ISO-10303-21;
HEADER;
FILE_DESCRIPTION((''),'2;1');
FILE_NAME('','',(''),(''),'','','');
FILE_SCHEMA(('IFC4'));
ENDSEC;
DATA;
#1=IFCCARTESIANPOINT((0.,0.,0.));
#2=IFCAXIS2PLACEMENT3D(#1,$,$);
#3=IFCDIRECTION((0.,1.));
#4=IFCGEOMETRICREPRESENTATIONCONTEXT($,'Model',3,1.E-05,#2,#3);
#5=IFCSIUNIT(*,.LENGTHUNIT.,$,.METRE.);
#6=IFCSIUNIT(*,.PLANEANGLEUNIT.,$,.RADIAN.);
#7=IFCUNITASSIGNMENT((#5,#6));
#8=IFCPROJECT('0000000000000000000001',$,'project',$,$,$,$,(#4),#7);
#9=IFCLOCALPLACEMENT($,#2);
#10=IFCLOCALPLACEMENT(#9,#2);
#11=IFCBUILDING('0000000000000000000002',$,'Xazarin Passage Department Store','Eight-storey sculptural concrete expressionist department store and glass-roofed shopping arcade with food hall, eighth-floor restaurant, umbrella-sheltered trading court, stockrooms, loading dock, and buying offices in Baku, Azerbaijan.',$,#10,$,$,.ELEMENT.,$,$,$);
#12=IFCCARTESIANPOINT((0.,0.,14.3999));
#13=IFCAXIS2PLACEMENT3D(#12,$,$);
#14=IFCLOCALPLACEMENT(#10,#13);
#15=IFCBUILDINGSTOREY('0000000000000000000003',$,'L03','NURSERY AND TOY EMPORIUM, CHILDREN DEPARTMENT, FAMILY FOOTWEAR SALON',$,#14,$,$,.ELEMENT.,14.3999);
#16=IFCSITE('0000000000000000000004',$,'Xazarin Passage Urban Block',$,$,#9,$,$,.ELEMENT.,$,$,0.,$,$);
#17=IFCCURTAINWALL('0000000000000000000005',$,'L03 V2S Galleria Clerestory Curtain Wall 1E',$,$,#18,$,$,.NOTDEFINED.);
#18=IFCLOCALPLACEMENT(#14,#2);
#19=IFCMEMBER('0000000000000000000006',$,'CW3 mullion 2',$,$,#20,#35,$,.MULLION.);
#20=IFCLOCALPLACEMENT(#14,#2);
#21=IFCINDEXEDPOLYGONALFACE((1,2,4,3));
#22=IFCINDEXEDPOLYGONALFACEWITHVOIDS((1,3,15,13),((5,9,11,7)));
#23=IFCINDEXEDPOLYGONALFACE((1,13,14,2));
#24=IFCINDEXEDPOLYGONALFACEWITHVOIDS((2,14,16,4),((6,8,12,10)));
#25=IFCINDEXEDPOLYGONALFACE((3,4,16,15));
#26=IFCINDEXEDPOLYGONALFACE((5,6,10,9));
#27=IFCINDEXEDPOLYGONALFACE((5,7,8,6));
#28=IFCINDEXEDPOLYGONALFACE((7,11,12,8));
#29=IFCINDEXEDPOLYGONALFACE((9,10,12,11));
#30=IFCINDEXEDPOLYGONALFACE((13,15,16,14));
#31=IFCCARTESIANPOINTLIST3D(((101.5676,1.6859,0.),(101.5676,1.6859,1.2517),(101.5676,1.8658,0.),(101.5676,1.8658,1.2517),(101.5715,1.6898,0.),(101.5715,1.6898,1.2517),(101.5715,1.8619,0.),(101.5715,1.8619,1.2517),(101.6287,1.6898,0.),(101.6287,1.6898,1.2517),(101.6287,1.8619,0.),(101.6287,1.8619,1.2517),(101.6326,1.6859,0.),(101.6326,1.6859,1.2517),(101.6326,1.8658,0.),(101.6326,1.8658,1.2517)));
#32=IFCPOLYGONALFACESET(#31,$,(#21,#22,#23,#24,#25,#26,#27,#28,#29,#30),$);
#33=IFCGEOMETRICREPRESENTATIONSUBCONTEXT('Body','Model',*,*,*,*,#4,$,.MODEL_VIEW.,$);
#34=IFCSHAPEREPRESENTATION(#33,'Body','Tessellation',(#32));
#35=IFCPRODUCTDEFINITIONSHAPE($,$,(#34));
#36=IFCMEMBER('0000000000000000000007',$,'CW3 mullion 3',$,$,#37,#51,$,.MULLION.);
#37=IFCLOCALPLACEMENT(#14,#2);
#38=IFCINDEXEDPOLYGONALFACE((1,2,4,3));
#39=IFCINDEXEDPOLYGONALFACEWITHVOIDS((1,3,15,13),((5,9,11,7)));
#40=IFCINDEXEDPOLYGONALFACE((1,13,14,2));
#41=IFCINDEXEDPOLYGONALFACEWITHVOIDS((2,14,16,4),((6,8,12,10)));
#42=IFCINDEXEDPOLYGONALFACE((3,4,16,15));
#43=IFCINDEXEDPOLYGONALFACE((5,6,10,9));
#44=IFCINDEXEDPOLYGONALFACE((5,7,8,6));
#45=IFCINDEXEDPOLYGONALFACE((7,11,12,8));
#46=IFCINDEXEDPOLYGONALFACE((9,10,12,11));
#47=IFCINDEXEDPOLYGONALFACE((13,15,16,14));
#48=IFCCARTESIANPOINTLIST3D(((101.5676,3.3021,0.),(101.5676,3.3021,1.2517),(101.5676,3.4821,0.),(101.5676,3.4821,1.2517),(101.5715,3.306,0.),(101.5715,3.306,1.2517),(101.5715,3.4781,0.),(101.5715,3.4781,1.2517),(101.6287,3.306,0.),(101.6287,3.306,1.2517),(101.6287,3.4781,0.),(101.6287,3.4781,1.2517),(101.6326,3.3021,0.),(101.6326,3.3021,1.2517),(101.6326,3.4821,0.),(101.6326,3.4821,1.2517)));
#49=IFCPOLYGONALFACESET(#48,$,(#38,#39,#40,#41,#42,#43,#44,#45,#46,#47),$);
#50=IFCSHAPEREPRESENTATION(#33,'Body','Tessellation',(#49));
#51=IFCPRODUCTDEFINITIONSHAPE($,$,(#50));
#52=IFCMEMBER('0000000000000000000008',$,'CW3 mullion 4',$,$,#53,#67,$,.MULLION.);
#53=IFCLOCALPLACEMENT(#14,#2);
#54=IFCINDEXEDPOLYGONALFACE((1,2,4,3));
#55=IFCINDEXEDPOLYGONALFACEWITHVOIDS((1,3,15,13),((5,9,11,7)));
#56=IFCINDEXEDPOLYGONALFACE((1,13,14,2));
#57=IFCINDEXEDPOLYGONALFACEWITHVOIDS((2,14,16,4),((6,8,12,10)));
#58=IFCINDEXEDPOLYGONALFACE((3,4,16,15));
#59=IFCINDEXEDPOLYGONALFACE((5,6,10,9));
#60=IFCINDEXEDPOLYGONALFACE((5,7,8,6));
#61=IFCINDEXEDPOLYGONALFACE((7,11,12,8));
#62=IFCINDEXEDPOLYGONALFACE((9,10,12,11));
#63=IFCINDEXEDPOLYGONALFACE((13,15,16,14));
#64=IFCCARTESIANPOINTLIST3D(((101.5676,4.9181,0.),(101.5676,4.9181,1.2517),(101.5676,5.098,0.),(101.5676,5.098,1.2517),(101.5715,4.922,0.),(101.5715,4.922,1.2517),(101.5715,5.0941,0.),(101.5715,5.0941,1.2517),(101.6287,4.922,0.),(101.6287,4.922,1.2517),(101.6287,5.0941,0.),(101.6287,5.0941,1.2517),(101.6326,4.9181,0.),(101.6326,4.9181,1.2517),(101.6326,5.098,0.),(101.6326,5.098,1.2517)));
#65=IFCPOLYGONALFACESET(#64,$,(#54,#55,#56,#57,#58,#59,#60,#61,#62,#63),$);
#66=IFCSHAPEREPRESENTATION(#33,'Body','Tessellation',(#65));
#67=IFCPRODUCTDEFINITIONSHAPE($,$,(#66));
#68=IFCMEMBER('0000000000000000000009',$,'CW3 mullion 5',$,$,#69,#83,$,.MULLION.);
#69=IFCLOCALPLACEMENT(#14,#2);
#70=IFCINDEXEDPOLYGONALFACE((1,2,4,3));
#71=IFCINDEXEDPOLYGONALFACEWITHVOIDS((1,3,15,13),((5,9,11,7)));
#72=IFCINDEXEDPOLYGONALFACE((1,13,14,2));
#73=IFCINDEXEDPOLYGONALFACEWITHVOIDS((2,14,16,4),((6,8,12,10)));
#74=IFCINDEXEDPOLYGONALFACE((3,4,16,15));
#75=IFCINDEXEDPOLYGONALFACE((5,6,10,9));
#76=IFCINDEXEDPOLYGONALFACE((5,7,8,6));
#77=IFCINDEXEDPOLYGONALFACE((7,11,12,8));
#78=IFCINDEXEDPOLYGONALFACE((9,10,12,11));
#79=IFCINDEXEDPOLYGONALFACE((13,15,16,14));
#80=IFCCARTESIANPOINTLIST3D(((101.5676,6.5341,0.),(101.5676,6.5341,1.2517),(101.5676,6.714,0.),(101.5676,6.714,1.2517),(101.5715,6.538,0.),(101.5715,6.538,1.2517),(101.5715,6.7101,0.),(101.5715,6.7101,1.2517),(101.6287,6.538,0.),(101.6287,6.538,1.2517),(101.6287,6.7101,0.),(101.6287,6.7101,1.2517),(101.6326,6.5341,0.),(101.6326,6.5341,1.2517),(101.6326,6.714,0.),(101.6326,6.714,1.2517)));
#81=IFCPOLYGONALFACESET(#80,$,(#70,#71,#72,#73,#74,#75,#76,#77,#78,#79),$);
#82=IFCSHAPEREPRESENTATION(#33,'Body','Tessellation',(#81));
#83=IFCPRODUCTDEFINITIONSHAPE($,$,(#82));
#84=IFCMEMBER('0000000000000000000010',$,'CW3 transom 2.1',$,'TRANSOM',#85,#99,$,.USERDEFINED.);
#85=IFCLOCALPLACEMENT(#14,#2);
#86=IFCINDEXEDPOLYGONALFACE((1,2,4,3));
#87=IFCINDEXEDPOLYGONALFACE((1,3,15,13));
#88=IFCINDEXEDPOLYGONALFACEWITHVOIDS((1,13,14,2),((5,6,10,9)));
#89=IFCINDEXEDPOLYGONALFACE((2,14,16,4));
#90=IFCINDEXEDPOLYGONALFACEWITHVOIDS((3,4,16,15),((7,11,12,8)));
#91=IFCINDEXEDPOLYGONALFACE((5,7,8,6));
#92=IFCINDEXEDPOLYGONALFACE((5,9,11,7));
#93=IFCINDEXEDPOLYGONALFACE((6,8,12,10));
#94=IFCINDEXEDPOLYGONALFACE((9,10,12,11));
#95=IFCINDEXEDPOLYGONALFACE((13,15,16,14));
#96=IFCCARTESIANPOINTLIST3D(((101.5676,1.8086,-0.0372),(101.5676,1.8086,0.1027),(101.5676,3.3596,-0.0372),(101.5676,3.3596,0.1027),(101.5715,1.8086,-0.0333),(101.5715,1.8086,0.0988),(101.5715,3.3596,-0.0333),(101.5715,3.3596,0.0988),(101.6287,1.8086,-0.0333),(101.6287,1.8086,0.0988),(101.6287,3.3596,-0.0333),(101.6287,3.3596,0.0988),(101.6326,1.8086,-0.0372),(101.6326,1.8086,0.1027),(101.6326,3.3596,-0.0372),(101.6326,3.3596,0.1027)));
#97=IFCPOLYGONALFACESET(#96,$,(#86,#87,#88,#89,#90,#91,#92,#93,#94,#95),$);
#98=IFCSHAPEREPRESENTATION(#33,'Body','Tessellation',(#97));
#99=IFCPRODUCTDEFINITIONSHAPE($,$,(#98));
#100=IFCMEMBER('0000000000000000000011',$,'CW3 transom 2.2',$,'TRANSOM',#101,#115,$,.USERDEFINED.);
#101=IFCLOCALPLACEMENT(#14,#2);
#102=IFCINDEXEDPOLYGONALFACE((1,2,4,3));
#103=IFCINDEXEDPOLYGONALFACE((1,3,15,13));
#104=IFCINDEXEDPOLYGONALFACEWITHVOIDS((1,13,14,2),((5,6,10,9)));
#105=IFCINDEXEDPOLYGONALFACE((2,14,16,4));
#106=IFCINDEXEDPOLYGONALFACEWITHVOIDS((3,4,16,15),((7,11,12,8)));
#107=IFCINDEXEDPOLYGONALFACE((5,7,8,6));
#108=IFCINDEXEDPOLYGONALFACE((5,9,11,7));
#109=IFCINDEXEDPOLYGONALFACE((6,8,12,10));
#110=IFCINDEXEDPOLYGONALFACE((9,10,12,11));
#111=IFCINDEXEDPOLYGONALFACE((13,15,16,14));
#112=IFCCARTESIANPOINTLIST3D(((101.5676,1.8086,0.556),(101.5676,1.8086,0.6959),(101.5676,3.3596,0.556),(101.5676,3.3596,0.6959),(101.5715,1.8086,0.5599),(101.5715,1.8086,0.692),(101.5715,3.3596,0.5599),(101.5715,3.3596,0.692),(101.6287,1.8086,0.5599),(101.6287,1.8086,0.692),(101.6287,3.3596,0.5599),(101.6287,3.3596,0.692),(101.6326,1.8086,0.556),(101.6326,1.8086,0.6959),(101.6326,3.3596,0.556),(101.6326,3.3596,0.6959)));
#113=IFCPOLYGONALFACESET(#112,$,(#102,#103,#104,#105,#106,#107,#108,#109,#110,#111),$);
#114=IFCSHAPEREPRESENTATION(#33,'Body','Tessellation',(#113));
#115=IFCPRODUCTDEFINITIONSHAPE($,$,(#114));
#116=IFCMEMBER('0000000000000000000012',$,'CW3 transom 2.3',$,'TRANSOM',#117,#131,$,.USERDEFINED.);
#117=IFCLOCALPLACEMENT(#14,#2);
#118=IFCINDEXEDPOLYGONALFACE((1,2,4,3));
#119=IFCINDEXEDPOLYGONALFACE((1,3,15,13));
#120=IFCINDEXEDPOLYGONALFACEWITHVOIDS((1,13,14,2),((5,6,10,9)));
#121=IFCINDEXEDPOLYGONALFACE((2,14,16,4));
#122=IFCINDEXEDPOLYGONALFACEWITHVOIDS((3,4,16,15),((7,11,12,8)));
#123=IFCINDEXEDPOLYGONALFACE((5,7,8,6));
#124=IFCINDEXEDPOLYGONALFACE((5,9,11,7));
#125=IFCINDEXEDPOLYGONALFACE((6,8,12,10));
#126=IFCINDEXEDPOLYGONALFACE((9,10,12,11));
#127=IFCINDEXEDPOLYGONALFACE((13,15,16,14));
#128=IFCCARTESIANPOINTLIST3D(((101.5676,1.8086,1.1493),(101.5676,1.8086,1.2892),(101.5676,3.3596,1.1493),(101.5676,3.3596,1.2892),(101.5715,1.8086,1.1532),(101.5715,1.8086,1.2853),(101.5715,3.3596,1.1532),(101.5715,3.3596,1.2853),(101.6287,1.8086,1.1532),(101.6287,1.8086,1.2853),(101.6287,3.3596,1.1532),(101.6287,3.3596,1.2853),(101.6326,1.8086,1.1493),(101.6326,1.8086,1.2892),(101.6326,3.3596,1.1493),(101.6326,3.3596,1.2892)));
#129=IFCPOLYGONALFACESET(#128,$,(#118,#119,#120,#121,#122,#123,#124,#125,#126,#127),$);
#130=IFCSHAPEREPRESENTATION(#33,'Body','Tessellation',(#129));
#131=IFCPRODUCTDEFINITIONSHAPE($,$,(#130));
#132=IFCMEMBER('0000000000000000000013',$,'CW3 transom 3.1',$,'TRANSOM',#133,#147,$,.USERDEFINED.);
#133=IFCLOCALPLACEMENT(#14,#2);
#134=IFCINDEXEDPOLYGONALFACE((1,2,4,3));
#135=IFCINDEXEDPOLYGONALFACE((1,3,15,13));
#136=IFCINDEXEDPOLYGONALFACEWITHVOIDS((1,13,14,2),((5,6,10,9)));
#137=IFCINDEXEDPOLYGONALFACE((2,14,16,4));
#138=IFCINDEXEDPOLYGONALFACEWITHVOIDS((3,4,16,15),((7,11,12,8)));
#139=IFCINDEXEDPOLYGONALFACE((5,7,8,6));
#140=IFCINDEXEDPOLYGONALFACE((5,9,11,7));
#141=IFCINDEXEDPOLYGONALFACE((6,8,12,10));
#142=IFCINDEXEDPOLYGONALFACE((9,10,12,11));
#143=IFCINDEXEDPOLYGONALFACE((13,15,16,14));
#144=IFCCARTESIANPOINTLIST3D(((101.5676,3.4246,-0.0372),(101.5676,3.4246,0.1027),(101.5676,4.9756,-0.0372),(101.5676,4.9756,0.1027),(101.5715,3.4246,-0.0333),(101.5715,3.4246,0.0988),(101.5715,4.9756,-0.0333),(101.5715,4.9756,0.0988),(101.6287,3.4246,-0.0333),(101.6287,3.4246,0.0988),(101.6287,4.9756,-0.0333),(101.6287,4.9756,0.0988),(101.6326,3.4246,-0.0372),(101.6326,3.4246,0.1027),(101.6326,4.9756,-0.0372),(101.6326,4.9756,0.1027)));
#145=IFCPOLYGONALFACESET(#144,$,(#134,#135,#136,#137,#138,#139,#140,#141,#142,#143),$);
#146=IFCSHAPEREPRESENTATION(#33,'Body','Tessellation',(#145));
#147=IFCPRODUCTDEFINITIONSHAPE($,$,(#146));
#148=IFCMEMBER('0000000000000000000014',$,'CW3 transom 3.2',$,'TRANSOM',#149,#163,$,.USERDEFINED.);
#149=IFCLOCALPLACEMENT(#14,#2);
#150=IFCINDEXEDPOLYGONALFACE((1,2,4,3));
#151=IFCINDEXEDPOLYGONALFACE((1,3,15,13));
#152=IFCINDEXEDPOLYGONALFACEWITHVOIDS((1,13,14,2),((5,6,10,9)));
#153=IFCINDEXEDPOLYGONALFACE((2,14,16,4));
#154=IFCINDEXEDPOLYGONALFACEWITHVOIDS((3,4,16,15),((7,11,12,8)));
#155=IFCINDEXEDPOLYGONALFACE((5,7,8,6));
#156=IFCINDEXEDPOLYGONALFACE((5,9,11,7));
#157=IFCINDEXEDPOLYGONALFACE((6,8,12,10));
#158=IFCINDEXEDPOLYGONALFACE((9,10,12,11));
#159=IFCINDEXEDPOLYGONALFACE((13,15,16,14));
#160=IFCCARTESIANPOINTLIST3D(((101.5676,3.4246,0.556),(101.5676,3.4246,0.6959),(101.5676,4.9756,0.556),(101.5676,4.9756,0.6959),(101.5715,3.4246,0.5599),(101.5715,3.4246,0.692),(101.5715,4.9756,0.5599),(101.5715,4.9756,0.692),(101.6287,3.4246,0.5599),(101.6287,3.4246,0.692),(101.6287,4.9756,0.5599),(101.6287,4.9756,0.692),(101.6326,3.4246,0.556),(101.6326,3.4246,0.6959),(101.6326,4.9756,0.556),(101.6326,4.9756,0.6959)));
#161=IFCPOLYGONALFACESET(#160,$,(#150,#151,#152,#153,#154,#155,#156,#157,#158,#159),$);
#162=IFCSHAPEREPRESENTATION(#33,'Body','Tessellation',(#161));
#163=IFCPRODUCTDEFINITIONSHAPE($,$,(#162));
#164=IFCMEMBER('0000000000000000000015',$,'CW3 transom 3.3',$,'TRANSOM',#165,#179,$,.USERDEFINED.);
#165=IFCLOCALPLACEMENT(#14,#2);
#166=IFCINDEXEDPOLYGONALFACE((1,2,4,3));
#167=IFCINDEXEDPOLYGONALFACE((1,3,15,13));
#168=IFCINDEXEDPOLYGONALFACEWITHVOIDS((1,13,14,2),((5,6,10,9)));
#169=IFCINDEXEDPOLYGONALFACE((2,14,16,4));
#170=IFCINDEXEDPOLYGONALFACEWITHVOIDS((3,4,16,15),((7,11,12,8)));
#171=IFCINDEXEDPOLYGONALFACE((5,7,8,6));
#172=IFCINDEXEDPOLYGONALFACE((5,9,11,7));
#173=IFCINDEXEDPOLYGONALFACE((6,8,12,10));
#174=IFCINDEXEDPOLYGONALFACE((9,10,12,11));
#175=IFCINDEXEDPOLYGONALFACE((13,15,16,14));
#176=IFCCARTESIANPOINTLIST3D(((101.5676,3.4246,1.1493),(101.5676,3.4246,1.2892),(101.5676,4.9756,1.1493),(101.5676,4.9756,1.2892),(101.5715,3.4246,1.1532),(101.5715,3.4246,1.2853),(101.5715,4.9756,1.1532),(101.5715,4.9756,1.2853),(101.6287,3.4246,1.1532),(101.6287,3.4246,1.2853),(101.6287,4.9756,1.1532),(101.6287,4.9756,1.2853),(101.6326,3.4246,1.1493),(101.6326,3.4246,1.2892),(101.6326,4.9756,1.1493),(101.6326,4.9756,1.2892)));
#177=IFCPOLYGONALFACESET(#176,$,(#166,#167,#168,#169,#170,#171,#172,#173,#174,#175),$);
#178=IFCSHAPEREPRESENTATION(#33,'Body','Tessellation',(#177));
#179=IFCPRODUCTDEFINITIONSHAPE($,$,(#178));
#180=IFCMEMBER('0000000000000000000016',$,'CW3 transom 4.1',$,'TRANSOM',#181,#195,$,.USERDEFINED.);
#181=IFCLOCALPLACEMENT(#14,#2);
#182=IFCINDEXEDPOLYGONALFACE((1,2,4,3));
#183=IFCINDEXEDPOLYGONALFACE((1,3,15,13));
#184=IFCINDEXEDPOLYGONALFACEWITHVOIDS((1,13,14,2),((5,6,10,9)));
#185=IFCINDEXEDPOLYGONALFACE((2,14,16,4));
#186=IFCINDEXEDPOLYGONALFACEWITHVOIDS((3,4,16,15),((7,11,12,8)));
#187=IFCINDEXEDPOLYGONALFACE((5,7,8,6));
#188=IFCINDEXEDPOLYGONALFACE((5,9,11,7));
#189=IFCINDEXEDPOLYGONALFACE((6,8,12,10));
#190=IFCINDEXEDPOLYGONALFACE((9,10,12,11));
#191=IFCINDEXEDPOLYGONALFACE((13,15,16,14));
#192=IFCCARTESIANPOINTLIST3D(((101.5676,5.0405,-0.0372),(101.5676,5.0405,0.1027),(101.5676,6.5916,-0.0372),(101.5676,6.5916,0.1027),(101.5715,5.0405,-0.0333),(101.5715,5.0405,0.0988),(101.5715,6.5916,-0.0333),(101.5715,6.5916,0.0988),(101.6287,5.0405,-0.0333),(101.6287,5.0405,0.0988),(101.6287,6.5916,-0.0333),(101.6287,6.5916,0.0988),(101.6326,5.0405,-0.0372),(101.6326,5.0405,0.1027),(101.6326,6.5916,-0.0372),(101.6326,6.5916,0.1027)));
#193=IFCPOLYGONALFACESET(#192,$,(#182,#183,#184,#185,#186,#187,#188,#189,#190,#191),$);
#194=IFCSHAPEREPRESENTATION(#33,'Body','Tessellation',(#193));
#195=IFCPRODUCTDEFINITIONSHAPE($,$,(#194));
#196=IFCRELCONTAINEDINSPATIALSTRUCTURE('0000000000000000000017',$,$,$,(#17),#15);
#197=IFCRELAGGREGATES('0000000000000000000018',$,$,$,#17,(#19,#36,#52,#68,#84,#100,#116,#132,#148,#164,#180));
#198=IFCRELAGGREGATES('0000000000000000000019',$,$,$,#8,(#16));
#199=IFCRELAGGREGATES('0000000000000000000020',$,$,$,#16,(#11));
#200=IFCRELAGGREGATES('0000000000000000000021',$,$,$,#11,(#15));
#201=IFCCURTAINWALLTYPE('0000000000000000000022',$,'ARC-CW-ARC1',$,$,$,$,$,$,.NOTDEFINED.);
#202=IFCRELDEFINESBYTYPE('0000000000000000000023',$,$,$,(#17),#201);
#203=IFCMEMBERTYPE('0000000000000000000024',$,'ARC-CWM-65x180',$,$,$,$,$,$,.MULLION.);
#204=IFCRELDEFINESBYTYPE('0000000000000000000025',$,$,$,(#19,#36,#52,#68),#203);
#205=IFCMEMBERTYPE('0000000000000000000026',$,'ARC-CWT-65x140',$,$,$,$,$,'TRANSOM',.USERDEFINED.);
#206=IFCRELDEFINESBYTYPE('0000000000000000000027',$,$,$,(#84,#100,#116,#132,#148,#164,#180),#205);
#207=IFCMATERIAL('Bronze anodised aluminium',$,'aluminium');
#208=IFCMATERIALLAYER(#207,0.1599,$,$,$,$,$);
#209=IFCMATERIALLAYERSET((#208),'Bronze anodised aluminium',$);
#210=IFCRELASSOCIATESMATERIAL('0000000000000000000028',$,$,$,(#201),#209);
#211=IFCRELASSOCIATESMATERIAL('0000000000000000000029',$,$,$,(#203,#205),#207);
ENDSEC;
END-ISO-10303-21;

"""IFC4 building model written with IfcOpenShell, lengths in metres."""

from ifc_helpers import new_model, si_unit, direction, frame, origin, origin_2d, place, context, subcontext, project, spatial, hollow_rectangle, extrude, material, layer, layer_set, material_profile, profile_set, type_object, element, aggregate, save


model = new_model("IFC4")

# Units and contexts
model_context = context("Model", 3, precision=1e-05, world=origin(), true_north=direction((0.0, 1.0)))
body_context = subcontext(model_context, "Body", "Model", "MODEL_VIEW")
ifc_project = project(units=[si_unit("LENGTHUNIT", "METRE"), si_unit("PLANEANGLEUNIT", "RADIAN")], contexts=[model_context])

# Site, building, storey
site_placement = place(None, origin())
site = spatial("IfcSite", under=ifc_project, at=site_placement, Name="Xazarin Passage Urban Block", CompositionType="ELEMENT", RefElevation=0.0)
building_placement = place(site_placement, origin())
building = spatial("IfcBuilding", under=site, at=building_placement, Name="Xazarin Passage Department Store", Description="Eight-storey sculptural concrete expressionist department store and glass-roofed shopping arcade with food hall, eighth-floor restaurant, umbrella-sheltered trading court, stockrooms, loading dock, and buying offices in Baku, Azerbaijan.", CompositionType="ELEMENT")
storey_placement = place(building_placement, frame((0.0, 0.0, 14.3999)))
storey = spatial("IfcBuildingStorey", under=building, at=storey_placement, Name="L03", Description="NURSERY AND TOY EMPORIUM, CHILDREN DEPARTMENT, FAMILY FOOTWEAR SALON", CompositionType="ELEMENT", Elevation=14.3999)

# Curtain wall, members
ifc_material_1 = material(Name="Bronze anodised aluminium", Category="aluminium")
ifc_layer_1 = layer(ifc_material_1, 0.1599)
ifc_layer_set_1 = layer_set([ifc_layer_1], Name="Bronze anodised aluminium")
curtain_wall_type = type_object("IfcCurtainWallType", Name="ARC-CW-ARC1", PredefinedType="NOTDEFINED", material=ifc_layer_set_1)
curtain_wall_placement = place(storey_placement, origin())
curtain_wall = element("IfcCurtainWall", 1, at=curtain_wall_placement, inside=storey, type_object=curtain_wall_type, Name="L03 V2S Galleria Clerestory Curtain Wall 1E", PredefinedType="NOTDEFINED")
ifc_material_profile_1 = material_profile(ifc_material_1, hollow_rectangle(XDim=0.0649, YDim=0.1799, WallThickness=0.0039, at=origin_2d()), Name="ALU 65x180")
ifc_profile_set_1 = profile_set([ifc_material_profile_1], Name="Bronze anodised aluminium")
member_type_1 = type_object("IfcMemberType", Name="ARC-CWM-65x180", PredefinedType="MULLION", material=ifc_profile_set_1)
member_1_placement = place(storey_placement, frame((101.6001, 1.7759, 0.0), z_axis=(0.0, 0.0, 1.0), x_axis=(-1.0, 0.0, 0.0)))
member_1 = element("IfcMember", 2, at=member_1_placement, type_object=member_type_1, Name="CW3 mullion 2", PredefinedType="MULLION", context=body_context, shape_type="SweptSolid", body=[
    extrude(hollow_rectangle(XDim=0.0649, YDim=0.1799, WallThickness=0.0039, at=origin_2d()), origin(), (0.0, 0.0, 1.0), 1.2517),
])
member_2_placement = place(storey_placement, frame((101.6001, 3.3921, 0.0), z_axis=(0.0, 0.0, 1.0), x_axis=(-1.0, 0.0, 0.0)))
member_2 = element("IfcMember", 3, at=member_2_placement, type_object=member_type_1, Name="CW3 mullion 3", PredefinedType="MULLION", context=body_context, shape_type="SweptSolid", body=[
    extrude(hollow_rectangle(XDim=0.0649, YDim=0.1799, WallThickness=0.0039, at=origin_2d()), origin(), (0.0, 0.0, 1.0), 1.2517),
])
member_3_placement = place(storey_placement, frame((101.6001, 5.0081, 0.0), z_axis=(0.0, 0.0, 1.0), x_axis=(-1.0, 0.0, 0.0)))
member_3 = element("IfcMember", 4, at=member_3_placement, type_object=member_type_1, Name="CW3 mullion 4", PredefinedType="MULLION", context=body_context, shape_type="SweptSolid", body=[
    extrude(hollow_rectangle(XDim=0.0649, YDim=0.1799, WallThickness=0.0039, at=origin_2d()), origin(), (0.0, 0.0, 1.0), 1.2517),
])
member_4_placement = place(storey_placement, frame((101.6001, 6.624, 0.0), z_axis=(0.0, 0.0, 1.0), x_axis=(-1.0, 0.0, 0.0)))
member_4 = element("IfcMember", 5, at=member_4_placement, type_object=member_type_1, Name="CW3 mullion 5", PredefinedType="MULLION", context=body_context, shape_type="SweptSolid", body=[
    extrude(hollow_rectangle(XDim=0.0649, YDim=0.1799, WallThickness=0.0039, at=origin_2d()), origin(), (0.0, 0.0, 1.0), 1.2517),
])
ifc_material_profile_2 = material_profile(ifc_material_1, hollow_rectangle(XDim=0.0649, YDim=0.1399, WallThickness=0.0039, at=origin_2d()), Name="ALU 65x140")
ifc_profile_set_2 = profile_set([ifc_material_profile_2], Name="Bronze anodised aluminium")
member_type_2 = type_object("IfcMemberType", Name="ARC-CWT-65x140", ElementType="TRANSOM", PredefinedType="USERDEFINED", material=ifc_profile_set_2)
member_5_placement = place(storey_placement, frame((101.6001, 1.8086, 0.0327), z_axis=(0.0, 1.0, 0.0), x_axis=(-1.0, 0.0, 0.0)))
member_5 = element("IfcMember", 6, at=member_5_placement, type_object=member_type_2, Name="CW3 transom 2.1", ObjectType="TRANSOM", PredefinedType="USERDEFINED", context=body_context, shape_type="SweptSolid", body=[
    extrude(hollow_rectangle(XDim=0.0649, YDim=0.1399, WallThickness=0.0039, at=origin_2d()), origin(), (0.0, 0.0, 1.0), 1.551),
])
member_6_placement = place(storey_placement, frame((101.6001, 1.8086, 0.626), z_axis=(0.0, 1.0, 0.0), x_axis=(-1.0, 0.0, 0.0)))
member_6 = element("IfcMember", 7, at=member_6_placement, type_object=member_type_2, Name="CW3 transom 2.2", ObjectType="TRANSOM", PredefinedType="USERDEFINED", context=body_context, shape_type="SweptSolid", body=[
    extrude(hollow_rectangle(XDim=0.0649, YDim=0.1399, WallThickness=0.0039, at=origin_2d()), origin(), (0.0, 0.0, 1.0), 1.551),
])
member_7_placement = place(storey_placement, frame((101.6001, 1.8086, 1.2192), z_axis=(0.0, 1.0, 0.0), x_axis=(-1.0, 0.0, 0.0)))
member_7 = element("IfcMember", 8, at=member_7_placement, type_object=member_type_2, Name="CW3 transom 2.3", ObjectType="TRANSOM", PredefinedType="USERDEFINED", context=body_context, shape_type="SweptSolid", body=[
    extrude(hollow_rectangle(XDim=0.0649, YDim=0.1399, WallThickness=0.0039, at=origin_2d()), origin(), (0.0, 0.0, 1.0), 1.551),
])
member_8_placement = place(storey_placement, frame((101.6001, 3.4246, 0.0327), z_axis=(0.0, 1.0, 0.0), x_axis=(-1.0, 0.0, 0.0)))
member_8 = element("IfcMember", 9, at=member_8_placement, type_object=member_type_2, Name="CW3 transom 3.1", ObjectType="TRANSOM", PredefinedType="USERDEFINED", context=body_context, shape_type="SweptSolid", body=[
    extrude(hollow_rectangle(XDim=0.0649, YDim=0.1399, WallThickness=0.0039, at=origin_2d()), origin(), (0.0, 0.0, 1.0), 1.551),
])
member_9_placement = place(storey_placement, frame((101.6001, 3.4246, 0.626), z_axis=(0.0, 1.0, 0.0), x_axis=(-1.0, 0.0, 0.0)))
member_9 = element("IfcMember", 10, at=member_9_placement, type_object=member_type_2, Name="CW3 transom 3.2", ObjectType="TRANSOM", PredefinedType="USERDEFINED", context=body_context, shape_type="SweptSolid", body=[
    extrude(hollow_rectangle(XDim=0.0649, YDim=0.1399, WallThickness=0.0039, at=origin_2d()), origin(), (0.0, 0.0, 1.0), 1.551),
])
member_10_placement = place(storey_placement, frame((101.6001, 3.4246, 1.2192), z_axis=(0.0, 1.0, 0.0), x_axis=(-1.0, 0.0, 0.0)))
member_10 = element("IfcMember", 11, at=member_10_placement, type_object=member_type_2, Name="CW3 transom 3.3", ObjectType="TRANSOM", PredefinedType="USERDEFINED", context=body_context, shape_type="SweptSolid", body=[
    extrude(hollow_rectangle(XDim=0.0649, YDim=0.1399, WallThickness=0.0039, at=origin_2d()), origin(), (0.0, 0.0, 1.0), 1.551),
])
member_11_placement = place(storey_placement, frame((101.6001, 5.0405, 0.0327), z_axis=(0.0, 1.0, 0.0), x_axis=(-1.0, 0.0, 0.0)))
member_11 = element("IfcMember", 12, at=member_11_placement, type_object=member_type_2, Name="CW3 transom 4.1", ObjectType="TRANSOM", PredefinedType="USERDEFINED", context=body_context, shape_type="SweptSolid", body=[
    extrude(hollow_rectangle(XDim=0.0649, YDim=0.1399, WallThickness=0.0039, at=origin_2d()), origin(), (0.0, 0.0, 1.0), 1.551),
])
aggregate(curtain_wall, [member_1, member_2, member_3, member_4, member_5, member_6, member_7, member_8, member_9, member_10, member_11])

save(model, "model.ifc")
